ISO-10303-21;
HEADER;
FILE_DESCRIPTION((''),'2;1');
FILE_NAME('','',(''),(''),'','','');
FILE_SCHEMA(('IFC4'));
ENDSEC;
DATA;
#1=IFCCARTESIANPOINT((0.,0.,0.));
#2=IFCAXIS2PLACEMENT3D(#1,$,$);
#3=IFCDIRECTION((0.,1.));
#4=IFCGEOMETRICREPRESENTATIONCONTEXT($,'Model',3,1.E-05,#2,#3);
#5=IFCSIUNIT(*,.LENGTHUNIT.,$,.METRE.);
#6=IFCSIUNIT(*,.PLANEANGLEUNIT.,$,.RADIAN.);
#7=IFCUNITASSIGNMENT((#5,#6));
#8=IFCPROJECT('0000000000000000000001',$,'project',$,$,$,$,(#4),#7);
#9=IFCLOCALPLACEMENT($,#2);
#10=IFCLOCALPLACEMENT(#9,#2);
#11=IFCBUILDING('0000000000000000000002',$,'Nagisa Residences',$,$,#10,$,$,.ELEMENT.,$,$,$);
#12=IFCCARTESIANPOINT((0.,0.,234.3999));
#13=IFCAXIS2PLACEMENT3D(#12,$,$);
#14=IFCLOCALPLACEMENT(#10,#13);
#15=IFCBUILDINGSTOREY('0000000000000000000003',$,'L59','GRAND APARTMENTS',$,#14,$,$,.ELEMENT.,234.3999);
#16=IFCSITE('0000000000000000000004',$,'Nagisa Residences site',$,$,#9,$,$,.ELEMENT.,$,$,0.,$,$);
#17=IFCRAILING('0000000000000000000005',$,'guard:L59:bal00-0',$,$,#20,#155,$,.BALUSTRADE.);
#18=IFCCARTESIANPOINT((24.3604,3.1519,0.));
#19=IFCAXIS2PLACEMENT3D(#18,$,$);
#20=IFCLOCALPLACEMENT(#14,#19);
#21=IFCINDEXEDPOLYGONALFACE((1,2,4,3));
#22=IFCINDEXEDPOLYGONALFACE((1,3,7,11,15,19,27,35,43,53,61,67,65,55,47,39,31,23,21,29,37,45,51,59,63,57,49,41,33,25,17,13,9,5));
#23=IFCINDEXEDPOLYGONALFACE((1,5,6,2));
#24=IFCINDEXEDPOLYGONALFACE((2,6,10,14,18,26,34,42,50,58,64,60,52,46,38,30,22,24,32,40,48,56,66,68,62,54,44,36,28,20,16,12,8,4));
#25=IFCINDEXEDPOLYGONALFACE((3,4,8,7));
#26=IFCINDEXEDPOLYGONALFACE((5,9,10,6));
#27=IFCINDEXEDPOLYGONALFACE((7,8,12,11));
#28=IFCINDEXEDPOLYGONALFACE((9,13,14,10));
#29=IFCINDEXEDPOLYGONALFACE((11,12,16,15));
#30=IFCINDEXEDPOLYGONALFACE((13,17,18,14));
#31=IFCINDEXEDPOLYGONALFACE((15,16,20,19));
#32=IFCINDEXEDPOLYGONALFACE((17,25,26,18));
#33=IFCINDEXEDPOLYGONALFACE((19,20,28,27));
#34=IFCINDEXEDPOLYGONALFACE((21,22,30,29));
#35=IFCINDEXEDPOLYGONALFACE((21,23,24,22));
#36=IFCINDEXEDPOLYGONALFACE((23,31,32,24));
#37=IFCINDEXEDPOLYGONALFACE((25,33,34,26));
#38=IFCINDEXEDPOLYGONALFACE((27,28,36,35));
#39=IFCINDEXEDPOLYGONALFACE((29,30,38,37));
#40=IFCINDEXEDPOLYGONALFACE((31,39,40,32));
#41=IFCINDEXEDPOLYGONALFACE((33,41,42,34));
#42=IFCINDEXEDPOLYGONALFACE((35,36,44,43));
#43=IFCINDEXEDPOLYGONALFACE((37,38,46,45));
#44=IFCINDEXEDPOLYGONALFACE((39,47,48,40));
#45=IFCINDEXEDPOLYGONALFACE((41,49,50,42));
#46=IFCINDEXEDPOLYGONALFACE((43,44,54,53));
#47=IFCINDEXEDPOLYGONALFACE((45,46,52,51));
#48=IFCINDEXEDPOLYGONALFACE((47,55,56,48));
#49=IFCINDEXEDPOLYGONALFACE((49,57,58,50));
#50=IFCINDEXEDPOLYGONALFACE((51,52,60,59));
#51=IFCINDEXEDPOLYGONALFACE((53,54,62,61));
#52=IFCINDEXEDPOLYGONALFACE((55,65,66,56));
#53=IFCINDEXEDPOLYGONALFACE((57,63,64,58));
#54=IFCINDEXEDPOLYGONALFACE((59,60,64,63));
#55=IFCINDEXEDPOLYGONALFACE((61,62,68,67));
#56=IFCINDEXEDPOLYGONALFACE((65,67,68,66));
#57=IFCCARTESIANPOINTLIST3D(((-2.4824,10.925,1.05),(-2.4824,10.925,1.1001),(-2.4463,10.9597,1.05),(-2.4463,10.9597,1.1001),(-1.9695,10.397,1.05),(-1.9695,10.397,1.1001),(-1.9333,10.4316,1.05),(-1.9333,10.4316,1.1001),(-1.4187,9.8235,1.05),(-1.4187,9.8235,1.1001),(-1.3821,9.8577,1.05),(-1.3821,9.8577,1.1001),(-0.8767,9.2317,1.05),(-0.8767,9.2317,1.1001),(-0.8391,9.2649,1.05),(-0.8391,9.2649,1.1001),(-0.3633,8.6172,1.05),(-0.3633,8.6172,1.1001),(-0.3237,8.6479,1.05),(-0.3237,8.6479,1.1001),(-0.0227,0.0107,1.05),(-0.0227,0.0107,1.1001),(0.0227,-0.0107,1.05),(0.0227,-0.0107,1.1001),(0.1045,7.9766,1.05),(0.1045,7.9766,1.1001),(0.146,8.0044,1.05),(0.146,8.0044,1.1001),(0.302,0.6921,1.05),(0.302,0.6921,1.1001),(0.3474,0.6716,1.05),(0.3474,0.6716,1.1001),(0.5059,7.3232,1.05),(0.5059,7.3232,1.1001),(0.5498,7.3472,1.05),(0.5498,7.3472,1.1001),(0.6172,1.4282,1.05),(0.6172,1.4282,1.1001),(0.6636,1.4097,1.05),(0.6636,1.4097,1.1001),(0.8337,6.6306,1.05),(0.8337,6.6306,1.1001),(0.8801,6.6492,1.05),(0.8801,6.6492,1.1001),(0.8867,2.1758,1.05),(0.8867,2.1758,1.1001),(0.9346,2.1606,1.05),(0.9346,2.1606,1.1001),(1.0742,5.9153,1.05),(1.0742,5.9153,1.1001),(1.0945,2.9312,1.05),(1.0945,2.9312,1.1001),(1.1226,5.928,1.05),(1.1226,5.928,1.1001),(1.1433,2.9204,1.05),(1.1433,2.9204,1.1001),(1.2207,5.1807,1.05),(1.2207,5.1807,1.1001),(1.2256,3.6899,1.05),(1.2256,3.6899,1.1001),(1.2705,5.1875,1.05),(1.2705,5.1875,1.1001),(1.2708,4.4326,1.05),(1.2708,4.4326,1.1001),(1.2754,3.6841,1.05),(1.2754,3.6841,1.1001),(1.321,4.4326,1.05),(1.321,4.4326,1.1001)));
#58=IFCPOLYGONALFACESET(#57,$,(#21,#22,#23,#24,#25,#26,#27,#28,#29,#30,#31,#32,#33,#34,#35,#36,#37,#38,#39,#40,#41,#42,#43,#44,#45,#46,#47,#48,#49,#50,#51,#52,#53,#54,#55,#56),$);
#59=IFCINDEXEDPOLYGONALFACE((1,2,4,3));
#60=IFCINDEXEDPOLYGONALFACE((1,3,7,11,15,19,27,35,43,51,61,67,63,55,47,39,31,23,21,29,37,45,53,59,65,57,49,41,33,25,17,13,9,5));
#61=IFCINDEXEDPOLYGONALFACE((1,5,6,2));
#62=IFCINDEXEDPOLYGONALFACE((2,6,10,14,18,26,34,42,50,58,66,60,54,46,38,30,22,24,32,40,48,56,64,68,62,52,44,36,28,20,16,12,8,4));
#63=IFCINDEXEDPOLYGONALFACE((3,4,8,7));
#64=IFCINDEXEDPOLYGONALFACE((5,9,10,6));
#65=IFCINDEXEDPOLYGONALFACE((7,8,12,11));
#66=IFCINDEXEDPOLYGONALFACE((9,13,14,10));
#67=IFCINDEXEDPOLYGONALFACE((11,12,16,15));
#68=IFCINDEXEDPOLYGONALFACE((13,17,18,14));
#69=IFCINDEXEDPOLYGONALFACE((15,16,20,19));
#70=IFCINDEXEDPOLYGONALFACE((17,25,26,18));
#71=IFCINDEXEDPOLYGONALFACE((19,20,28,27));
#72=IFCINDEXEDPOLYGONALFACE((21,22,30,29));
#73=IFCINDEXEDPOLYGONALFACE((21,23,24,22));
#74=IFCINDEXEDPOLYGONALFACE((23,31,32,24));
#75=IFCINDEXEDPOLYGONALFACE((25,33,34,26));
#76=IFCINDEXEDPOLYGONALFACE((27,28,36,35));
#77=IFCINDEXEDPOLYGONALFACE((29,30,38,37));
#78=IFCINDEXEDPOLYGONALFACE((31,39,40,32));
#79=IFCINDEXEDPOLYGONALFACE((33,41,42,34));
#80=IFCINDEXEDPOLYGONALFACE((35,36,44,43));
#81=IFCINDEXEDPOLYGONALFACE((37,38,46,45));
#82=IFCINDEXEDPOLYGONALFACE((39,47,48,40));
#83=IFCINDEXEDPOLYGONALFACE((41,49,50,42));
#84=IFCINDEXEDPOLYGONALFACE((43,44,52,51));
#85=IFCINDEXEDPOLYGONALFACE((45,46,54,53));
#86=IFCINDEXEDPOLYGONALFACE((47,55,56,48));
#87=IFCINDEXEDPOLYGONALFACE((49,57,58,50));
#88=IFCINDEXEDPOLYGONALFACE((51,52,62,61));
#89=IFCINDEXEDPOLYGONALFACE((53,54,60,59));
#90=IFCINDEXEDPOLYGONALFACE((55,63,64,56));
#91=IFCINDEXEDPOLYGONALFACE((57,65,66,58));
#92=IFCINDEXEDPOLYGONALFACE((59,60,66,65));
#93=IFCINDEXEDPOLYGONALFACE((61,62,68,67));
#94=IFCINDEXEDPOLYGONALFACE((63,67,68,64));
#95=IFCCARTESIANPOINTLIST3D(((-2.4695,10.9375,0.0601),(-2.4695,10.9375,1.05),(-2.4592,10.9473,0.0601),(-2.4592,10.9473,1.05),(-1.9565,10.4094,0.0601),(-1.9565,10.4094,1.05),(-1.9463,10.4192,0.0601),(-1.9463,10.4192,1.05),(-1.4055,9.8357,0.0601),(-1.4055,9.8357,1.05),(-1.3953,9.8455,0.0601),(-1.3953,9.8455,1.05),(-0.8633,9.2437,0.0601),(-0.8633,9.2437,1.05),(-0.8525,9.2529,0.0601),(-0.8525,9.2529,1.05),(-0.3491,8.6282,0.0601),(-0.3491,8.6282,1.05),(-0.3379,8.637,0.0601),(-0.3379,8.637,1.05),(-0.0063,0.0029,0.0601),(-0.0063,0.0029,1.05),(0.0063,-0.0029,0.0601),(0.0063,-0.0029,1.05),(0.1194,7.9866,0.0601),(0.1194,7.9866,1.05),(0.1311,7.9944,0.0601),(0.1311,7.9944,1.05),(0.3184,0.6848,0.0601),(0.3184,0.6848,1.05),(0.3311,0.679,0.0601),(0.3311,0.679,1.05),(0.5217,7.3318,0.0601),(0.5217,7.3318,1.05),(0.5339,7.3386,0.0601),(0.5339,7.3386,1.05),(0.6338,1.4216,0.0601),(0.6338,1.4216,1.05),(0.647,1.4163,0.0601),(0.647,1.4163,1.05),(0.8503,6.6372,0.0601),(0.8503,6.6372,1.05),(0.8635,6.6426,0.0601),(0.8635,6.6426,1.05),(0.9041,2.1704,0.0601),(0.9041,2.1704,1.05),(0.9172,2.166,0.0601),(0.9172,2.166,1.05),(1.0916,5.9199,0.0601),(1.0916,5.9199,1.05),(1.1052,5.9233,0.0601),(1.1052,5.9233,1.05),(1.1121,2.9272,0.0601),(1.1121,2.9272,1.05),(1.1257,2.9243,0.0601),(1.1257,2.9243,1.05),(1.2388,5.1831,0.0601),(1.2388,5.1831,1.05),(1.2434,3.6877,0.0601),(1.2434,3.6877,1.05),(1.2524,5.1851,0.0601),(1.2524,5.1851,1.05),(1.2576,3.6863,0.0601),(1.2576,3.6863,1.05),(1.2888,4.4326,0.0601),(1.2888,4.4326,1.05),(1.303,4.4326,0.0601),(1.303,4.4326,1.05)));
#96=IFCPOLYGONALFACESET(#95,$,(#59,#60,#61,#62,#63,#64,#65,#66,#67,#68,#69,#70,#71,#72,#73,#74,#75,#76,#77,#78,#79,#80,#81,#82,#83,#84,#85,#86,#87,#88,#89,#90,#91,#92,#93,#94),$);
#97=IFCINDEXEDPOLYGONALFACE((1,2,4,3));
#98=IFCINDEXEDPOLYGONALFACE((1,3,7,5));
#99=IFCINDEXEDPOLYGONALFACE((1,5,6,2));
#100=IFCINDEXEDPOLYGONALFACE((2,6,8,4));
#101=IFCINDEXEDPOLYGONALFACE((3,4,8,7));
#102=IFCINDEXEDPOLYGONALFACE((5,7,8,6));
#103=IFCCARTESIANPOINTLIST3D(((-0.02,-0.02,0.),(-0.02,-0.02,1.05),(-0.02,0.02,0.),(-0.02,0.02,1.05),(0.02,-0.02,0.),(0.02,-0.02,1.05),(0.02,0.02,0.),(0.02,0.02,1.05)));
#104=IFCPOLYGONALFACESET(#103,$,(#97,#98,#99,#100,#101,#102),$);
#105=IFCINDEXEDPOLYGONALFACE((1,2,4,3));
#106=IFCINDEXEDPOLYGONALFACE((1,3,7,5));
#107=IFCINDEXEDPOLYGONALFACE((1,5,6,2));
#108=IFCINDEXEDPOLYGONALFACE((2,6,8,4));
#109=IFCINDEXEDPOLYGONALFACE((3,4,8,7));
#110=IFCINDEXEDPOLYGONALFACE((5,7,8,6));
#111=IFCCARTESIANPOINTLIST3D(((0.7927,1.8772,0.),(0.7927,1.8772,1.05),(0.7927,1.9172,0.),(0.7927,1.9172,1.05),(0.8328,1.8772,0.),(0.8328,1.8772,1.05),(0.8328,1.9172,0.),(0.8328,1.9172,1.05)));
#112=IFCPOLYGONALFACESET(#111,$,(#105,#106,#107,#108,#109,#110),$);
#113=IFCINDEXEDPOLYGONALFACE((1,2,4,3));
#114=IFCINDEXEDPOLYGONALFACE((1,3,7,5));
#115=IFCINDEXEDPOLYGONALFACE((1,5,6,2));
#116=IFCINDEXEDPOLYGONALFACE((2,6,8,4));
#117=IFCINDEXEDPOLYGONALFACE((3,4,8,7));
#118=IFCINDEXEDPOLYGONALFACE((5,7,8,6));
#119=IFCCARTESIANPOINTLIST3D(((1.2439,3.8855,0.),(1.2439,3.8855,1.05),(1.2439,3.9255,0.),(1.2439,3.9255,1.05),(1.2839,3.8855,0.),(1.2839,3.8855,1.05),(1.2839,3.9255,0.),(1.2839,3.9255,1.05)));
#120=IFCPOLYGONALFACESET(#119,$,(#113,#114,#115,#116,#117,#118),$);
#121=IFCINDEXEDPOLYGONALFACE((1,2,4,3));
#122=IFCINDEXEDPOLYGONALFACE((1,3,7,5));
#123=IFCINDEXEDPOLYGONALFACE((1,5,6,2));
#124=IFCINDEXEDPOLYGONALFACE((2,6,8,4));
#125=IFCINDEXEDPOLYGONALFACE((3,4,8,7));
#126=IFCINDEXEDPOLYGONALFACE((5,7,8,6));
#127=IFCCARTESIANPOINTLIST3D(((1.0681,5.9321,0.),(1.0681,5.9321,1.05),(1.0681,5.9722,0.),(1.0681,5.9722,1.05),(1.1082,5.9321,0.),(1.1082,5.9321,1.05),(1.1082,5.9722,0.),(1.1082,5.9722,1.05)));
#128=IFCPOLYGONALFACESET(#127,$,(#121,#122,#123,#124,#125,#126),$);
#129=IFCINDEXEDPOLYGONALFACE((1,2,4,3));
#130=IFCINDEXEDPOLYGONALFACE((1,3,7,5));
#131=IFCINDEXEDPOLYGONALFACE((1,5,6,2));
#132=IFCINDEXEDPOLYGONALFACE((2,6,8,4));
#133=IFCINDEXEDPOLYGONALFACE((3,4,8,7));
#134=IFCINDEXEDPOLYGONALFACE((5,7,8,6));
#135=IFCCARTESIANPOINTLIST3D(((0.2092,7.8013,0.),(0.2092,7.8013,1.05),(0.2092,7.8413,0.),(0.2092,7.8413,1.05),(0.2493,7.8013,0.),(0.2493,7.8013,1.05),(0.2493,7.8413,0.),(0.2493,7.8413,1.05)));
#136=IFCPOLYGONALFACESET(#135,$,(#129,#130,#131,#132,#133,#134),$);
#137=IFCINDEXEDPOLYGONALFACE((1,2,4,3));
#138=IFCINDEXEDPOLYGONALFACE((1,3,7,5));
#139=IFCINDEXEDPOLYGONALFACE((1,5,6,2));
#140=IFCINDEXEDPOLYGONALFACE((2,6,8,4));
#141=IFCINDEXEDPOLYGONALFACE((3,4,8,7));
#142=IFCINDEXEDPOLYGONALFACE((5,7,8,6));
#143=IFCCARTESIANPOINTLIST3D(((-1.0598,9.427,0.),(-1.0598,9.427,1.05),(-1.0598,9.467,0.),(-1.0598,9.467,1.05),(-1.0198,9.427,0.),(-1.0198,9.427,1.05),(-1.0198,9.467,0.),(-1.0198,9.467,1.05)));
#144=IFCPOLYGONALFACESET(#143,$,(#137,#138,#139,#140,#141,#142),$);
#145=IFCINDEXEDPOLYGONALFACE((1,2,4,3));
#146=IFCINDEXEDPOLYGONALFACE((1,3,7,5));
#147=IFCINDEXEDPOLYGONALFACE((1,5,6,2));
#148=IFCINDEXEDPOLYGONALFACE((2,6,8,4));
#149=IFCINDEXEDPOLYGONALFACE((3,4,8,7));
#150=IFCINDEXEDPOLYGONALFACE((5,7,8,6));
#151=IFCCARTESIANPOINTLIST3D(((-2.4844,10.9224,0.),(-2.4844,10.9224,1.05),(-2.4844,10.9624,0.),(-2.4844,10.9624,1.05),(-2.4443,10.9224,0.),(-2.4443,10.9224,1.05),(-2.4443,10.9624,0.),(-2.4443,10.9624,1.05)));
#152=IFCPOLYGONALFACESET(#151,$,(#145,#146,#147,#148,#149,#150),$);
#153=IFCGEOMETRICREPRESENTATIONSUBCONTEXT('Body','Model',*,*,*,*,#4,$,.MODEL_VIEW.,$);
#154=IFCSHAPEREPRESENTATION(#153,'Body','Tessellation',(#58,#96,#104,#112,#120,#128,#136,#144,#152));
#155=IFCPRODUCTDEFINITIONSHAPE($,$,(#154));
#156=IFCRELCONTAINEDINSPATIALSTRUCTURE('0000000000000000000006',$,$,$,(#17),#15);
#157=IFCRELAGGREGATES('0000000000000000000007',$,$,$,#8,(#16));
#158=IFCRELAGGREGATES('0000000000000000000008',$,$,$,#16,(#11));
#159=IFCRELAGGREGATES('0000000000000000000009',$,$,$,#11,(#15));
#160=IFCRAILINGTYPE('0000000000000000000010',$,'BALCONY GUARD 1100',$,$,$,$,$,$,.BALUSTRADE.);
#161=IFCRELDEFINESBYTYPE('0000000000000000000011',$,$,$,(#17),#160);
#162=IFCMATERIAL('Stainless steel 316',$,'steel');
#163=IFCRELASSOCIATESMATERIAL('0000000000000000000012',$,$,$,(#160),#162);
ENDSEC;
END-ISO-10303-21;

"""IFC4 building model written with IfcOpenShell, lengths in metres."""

from ifc_helpers import new_model, si_unit, direction, frame, origin, origin_2d, place, context, subcontext, project, spatial, polyline, rectangle, outline, extrude, material, type_object, element, save


model = new_model("IFC4")

# Units and contexts
model_context = context("Model", 3, precision=1e-05, world=origin(), true_north=direction((0.0, 1.0)))
body_context = subcontext(model_context, "Body", "Model", "MODEL_VIEW")
ifc_project = project(units=[si_unit("LENGTHUNIT", "METRE"), si_unit("PLANEANGLEUNIT", "RADIAN")], contexts=[model_context])

# Site, building, storey
site_placement = place(None, origin())
site = spatial("IfcSite", under=ifc_project, at=site_placement, Name="Nagisa Residences site", CompositionType="ELEMENT", RefElevation=0.0)
building_placement = place(site_placement, origin())
building = spatial("IfcBuilding", under=site, at=building_placement, Name="Nagisa Residences", CompositionType="ELEMENT")
storey_placement = place(building_placement, frame((0.0, 0.0, 234.3999)))
storey = spatial("IfcBuildingStorey", under=building, at=storey_placement, Name="L59", Description="GRAND APARTMENTS", CompositionType="ELEMENT", Elevation=234.3999)

# Railing
ifc_material_1 = material(Name="Stainless steel 316", Category="steel")
railing_type = type_object("IfcRailingType", Name="BALCONY GUARD 1100", PredefinedType="BALUSTRADE", material=ifc_material_1)
railing_placement = place(storey_placement, frame((24.3604, 3.1519, 0.0)))
element("IfcRailing", 1, at=railing_placement, inside=storey, type_object=railing_type, Name="guard:L59:bal00-0", PredefinedType="BALUSTRADE", context=body_context, shape_type="SweptSolid", body=[
    extrude(outline(polyline([(0.302, 0.6921), (-0.0227, 0.0107), (0.0227, -0.0107), (0.3474, 0.6716), (0.6636, 1.4097), (0.9346, 2.1606), (1.1433, 2.9204), (1.2754, 3.6841), (1.321, 4.4326), (1.2705, 5.1875), (1.1226, 5.928), (0.8801, 6.6492), (0.5498, 7.3472), (0.146, 8.0044), (-0.3237, 8.6479), (-0.8391, 9.2649), (-1.3821, 9.8577), (-1.9333, 10.4316), (-2.4463, 10.9597), (-2.4824, 10.925), (-1.9695, 10.397), (-1.4187, 9.8235), (-0.8767, 9.2317), (-0.3633, 8.6172), (0.1045, 7.9766), (0.5059, 7.3232), (0.8337, 6.6306), (1.0742, 5.9153), (1.2207, 5.1807), (1.2708, 4.4326), (1.2256, 3.6899), (1.0945, 2.9312), (0.8867, 2.1758), (0.6172, 1.4282), (0.302, 0.6921)])), frame((0.0, 0.0, 1.05)), (0.0, 0.0, 1.0), 0.05),
    extrude(outline(polyline([(0.3184, 0.6848), (-0.0063, 0.0029), (0.0063, -0.0029), (0.3311, 0.679), (0.647, 1.4163), (0.9172, 2.166), (1.1257, 2.9243), (1.2576, 3.6863), (1.303, 4.4326), (1.2524, 5.1851), (1.1052, 5.9233), (0.8635, 6.6426), (0.5339, 7.3386), (0.1311, 7.9944), (-0.3379, 8.637), (-0.8525, 9.2529), (-1.3953, 9.8455), (-1.9463, 10.4192), (-2.4592, 10.9473), (-2.4695, 10.9375), (-1.9565, 10.4094), (-1.4055, 9.8357), (-0.8633, 9.2437), (-0.3491, 8.6282), (0.1194, 7.9866), (0.5217, 7.3318), (0.8503, 6.6372), (1.0916, 5.9199), (1.2388, 5.1831), (1.2888, 4.4326), (1.2434, 3.6877), (1.1121, 2.9272), (0.9041, 2.1704), (0.6338, 1.4216), (0.3184, 0.6848)])), frame((0.0, 0.0, 0.0601)), (0.0, 0.0, 1.0), 0.99),
    extrude(rectangle(XDim=0.04, YDim=0.04, at=origin_2d()), origin(), (0.0, 0.0, 1.0), 1.05),
    extrude(rectangle(XDim=0.04, YDim=0.04, at=origin_2d()), frame((0.8127, 1.8972, 0.0)), (0.0, 0.0, 1.0), 1.05),
    extrude(rectangle(XDim=0.04, YDim=0.04, at=origin_2d()), frame((1.2639, 3.9055, 0.0)), (0.0, 0.0, 1.0), 1.05),
    extrude(rectangle(XDim=0.04, YDim=0.04, at=origin_2d()), frame((1.0881, 5.9521, 0.0)), (0.0, 0.0, 1.0), 1.05),
    extrude(rectangle(XDim=0.04, YDim=0.04, at=origin_2d()), frame((0.2292, 7.8213, 0.0)), (0.0, 0.0, 1.0), 1.05),
    extrude(rectangle(XDim=0.04, YDim=0.04, at=origin_2d()), frame((-1.0398, 9.447, 0.0)), (0.0, 0.0, 1.0), 1.05),
    extrude(rectangle(XDim=0.04, YDim=0.04, at=origin_2d()), frame((-2.4644, 10.9424, 0.0)), (0.0, 0.0, 1.0), 1.05),
])

save(model, "model.ifc")
